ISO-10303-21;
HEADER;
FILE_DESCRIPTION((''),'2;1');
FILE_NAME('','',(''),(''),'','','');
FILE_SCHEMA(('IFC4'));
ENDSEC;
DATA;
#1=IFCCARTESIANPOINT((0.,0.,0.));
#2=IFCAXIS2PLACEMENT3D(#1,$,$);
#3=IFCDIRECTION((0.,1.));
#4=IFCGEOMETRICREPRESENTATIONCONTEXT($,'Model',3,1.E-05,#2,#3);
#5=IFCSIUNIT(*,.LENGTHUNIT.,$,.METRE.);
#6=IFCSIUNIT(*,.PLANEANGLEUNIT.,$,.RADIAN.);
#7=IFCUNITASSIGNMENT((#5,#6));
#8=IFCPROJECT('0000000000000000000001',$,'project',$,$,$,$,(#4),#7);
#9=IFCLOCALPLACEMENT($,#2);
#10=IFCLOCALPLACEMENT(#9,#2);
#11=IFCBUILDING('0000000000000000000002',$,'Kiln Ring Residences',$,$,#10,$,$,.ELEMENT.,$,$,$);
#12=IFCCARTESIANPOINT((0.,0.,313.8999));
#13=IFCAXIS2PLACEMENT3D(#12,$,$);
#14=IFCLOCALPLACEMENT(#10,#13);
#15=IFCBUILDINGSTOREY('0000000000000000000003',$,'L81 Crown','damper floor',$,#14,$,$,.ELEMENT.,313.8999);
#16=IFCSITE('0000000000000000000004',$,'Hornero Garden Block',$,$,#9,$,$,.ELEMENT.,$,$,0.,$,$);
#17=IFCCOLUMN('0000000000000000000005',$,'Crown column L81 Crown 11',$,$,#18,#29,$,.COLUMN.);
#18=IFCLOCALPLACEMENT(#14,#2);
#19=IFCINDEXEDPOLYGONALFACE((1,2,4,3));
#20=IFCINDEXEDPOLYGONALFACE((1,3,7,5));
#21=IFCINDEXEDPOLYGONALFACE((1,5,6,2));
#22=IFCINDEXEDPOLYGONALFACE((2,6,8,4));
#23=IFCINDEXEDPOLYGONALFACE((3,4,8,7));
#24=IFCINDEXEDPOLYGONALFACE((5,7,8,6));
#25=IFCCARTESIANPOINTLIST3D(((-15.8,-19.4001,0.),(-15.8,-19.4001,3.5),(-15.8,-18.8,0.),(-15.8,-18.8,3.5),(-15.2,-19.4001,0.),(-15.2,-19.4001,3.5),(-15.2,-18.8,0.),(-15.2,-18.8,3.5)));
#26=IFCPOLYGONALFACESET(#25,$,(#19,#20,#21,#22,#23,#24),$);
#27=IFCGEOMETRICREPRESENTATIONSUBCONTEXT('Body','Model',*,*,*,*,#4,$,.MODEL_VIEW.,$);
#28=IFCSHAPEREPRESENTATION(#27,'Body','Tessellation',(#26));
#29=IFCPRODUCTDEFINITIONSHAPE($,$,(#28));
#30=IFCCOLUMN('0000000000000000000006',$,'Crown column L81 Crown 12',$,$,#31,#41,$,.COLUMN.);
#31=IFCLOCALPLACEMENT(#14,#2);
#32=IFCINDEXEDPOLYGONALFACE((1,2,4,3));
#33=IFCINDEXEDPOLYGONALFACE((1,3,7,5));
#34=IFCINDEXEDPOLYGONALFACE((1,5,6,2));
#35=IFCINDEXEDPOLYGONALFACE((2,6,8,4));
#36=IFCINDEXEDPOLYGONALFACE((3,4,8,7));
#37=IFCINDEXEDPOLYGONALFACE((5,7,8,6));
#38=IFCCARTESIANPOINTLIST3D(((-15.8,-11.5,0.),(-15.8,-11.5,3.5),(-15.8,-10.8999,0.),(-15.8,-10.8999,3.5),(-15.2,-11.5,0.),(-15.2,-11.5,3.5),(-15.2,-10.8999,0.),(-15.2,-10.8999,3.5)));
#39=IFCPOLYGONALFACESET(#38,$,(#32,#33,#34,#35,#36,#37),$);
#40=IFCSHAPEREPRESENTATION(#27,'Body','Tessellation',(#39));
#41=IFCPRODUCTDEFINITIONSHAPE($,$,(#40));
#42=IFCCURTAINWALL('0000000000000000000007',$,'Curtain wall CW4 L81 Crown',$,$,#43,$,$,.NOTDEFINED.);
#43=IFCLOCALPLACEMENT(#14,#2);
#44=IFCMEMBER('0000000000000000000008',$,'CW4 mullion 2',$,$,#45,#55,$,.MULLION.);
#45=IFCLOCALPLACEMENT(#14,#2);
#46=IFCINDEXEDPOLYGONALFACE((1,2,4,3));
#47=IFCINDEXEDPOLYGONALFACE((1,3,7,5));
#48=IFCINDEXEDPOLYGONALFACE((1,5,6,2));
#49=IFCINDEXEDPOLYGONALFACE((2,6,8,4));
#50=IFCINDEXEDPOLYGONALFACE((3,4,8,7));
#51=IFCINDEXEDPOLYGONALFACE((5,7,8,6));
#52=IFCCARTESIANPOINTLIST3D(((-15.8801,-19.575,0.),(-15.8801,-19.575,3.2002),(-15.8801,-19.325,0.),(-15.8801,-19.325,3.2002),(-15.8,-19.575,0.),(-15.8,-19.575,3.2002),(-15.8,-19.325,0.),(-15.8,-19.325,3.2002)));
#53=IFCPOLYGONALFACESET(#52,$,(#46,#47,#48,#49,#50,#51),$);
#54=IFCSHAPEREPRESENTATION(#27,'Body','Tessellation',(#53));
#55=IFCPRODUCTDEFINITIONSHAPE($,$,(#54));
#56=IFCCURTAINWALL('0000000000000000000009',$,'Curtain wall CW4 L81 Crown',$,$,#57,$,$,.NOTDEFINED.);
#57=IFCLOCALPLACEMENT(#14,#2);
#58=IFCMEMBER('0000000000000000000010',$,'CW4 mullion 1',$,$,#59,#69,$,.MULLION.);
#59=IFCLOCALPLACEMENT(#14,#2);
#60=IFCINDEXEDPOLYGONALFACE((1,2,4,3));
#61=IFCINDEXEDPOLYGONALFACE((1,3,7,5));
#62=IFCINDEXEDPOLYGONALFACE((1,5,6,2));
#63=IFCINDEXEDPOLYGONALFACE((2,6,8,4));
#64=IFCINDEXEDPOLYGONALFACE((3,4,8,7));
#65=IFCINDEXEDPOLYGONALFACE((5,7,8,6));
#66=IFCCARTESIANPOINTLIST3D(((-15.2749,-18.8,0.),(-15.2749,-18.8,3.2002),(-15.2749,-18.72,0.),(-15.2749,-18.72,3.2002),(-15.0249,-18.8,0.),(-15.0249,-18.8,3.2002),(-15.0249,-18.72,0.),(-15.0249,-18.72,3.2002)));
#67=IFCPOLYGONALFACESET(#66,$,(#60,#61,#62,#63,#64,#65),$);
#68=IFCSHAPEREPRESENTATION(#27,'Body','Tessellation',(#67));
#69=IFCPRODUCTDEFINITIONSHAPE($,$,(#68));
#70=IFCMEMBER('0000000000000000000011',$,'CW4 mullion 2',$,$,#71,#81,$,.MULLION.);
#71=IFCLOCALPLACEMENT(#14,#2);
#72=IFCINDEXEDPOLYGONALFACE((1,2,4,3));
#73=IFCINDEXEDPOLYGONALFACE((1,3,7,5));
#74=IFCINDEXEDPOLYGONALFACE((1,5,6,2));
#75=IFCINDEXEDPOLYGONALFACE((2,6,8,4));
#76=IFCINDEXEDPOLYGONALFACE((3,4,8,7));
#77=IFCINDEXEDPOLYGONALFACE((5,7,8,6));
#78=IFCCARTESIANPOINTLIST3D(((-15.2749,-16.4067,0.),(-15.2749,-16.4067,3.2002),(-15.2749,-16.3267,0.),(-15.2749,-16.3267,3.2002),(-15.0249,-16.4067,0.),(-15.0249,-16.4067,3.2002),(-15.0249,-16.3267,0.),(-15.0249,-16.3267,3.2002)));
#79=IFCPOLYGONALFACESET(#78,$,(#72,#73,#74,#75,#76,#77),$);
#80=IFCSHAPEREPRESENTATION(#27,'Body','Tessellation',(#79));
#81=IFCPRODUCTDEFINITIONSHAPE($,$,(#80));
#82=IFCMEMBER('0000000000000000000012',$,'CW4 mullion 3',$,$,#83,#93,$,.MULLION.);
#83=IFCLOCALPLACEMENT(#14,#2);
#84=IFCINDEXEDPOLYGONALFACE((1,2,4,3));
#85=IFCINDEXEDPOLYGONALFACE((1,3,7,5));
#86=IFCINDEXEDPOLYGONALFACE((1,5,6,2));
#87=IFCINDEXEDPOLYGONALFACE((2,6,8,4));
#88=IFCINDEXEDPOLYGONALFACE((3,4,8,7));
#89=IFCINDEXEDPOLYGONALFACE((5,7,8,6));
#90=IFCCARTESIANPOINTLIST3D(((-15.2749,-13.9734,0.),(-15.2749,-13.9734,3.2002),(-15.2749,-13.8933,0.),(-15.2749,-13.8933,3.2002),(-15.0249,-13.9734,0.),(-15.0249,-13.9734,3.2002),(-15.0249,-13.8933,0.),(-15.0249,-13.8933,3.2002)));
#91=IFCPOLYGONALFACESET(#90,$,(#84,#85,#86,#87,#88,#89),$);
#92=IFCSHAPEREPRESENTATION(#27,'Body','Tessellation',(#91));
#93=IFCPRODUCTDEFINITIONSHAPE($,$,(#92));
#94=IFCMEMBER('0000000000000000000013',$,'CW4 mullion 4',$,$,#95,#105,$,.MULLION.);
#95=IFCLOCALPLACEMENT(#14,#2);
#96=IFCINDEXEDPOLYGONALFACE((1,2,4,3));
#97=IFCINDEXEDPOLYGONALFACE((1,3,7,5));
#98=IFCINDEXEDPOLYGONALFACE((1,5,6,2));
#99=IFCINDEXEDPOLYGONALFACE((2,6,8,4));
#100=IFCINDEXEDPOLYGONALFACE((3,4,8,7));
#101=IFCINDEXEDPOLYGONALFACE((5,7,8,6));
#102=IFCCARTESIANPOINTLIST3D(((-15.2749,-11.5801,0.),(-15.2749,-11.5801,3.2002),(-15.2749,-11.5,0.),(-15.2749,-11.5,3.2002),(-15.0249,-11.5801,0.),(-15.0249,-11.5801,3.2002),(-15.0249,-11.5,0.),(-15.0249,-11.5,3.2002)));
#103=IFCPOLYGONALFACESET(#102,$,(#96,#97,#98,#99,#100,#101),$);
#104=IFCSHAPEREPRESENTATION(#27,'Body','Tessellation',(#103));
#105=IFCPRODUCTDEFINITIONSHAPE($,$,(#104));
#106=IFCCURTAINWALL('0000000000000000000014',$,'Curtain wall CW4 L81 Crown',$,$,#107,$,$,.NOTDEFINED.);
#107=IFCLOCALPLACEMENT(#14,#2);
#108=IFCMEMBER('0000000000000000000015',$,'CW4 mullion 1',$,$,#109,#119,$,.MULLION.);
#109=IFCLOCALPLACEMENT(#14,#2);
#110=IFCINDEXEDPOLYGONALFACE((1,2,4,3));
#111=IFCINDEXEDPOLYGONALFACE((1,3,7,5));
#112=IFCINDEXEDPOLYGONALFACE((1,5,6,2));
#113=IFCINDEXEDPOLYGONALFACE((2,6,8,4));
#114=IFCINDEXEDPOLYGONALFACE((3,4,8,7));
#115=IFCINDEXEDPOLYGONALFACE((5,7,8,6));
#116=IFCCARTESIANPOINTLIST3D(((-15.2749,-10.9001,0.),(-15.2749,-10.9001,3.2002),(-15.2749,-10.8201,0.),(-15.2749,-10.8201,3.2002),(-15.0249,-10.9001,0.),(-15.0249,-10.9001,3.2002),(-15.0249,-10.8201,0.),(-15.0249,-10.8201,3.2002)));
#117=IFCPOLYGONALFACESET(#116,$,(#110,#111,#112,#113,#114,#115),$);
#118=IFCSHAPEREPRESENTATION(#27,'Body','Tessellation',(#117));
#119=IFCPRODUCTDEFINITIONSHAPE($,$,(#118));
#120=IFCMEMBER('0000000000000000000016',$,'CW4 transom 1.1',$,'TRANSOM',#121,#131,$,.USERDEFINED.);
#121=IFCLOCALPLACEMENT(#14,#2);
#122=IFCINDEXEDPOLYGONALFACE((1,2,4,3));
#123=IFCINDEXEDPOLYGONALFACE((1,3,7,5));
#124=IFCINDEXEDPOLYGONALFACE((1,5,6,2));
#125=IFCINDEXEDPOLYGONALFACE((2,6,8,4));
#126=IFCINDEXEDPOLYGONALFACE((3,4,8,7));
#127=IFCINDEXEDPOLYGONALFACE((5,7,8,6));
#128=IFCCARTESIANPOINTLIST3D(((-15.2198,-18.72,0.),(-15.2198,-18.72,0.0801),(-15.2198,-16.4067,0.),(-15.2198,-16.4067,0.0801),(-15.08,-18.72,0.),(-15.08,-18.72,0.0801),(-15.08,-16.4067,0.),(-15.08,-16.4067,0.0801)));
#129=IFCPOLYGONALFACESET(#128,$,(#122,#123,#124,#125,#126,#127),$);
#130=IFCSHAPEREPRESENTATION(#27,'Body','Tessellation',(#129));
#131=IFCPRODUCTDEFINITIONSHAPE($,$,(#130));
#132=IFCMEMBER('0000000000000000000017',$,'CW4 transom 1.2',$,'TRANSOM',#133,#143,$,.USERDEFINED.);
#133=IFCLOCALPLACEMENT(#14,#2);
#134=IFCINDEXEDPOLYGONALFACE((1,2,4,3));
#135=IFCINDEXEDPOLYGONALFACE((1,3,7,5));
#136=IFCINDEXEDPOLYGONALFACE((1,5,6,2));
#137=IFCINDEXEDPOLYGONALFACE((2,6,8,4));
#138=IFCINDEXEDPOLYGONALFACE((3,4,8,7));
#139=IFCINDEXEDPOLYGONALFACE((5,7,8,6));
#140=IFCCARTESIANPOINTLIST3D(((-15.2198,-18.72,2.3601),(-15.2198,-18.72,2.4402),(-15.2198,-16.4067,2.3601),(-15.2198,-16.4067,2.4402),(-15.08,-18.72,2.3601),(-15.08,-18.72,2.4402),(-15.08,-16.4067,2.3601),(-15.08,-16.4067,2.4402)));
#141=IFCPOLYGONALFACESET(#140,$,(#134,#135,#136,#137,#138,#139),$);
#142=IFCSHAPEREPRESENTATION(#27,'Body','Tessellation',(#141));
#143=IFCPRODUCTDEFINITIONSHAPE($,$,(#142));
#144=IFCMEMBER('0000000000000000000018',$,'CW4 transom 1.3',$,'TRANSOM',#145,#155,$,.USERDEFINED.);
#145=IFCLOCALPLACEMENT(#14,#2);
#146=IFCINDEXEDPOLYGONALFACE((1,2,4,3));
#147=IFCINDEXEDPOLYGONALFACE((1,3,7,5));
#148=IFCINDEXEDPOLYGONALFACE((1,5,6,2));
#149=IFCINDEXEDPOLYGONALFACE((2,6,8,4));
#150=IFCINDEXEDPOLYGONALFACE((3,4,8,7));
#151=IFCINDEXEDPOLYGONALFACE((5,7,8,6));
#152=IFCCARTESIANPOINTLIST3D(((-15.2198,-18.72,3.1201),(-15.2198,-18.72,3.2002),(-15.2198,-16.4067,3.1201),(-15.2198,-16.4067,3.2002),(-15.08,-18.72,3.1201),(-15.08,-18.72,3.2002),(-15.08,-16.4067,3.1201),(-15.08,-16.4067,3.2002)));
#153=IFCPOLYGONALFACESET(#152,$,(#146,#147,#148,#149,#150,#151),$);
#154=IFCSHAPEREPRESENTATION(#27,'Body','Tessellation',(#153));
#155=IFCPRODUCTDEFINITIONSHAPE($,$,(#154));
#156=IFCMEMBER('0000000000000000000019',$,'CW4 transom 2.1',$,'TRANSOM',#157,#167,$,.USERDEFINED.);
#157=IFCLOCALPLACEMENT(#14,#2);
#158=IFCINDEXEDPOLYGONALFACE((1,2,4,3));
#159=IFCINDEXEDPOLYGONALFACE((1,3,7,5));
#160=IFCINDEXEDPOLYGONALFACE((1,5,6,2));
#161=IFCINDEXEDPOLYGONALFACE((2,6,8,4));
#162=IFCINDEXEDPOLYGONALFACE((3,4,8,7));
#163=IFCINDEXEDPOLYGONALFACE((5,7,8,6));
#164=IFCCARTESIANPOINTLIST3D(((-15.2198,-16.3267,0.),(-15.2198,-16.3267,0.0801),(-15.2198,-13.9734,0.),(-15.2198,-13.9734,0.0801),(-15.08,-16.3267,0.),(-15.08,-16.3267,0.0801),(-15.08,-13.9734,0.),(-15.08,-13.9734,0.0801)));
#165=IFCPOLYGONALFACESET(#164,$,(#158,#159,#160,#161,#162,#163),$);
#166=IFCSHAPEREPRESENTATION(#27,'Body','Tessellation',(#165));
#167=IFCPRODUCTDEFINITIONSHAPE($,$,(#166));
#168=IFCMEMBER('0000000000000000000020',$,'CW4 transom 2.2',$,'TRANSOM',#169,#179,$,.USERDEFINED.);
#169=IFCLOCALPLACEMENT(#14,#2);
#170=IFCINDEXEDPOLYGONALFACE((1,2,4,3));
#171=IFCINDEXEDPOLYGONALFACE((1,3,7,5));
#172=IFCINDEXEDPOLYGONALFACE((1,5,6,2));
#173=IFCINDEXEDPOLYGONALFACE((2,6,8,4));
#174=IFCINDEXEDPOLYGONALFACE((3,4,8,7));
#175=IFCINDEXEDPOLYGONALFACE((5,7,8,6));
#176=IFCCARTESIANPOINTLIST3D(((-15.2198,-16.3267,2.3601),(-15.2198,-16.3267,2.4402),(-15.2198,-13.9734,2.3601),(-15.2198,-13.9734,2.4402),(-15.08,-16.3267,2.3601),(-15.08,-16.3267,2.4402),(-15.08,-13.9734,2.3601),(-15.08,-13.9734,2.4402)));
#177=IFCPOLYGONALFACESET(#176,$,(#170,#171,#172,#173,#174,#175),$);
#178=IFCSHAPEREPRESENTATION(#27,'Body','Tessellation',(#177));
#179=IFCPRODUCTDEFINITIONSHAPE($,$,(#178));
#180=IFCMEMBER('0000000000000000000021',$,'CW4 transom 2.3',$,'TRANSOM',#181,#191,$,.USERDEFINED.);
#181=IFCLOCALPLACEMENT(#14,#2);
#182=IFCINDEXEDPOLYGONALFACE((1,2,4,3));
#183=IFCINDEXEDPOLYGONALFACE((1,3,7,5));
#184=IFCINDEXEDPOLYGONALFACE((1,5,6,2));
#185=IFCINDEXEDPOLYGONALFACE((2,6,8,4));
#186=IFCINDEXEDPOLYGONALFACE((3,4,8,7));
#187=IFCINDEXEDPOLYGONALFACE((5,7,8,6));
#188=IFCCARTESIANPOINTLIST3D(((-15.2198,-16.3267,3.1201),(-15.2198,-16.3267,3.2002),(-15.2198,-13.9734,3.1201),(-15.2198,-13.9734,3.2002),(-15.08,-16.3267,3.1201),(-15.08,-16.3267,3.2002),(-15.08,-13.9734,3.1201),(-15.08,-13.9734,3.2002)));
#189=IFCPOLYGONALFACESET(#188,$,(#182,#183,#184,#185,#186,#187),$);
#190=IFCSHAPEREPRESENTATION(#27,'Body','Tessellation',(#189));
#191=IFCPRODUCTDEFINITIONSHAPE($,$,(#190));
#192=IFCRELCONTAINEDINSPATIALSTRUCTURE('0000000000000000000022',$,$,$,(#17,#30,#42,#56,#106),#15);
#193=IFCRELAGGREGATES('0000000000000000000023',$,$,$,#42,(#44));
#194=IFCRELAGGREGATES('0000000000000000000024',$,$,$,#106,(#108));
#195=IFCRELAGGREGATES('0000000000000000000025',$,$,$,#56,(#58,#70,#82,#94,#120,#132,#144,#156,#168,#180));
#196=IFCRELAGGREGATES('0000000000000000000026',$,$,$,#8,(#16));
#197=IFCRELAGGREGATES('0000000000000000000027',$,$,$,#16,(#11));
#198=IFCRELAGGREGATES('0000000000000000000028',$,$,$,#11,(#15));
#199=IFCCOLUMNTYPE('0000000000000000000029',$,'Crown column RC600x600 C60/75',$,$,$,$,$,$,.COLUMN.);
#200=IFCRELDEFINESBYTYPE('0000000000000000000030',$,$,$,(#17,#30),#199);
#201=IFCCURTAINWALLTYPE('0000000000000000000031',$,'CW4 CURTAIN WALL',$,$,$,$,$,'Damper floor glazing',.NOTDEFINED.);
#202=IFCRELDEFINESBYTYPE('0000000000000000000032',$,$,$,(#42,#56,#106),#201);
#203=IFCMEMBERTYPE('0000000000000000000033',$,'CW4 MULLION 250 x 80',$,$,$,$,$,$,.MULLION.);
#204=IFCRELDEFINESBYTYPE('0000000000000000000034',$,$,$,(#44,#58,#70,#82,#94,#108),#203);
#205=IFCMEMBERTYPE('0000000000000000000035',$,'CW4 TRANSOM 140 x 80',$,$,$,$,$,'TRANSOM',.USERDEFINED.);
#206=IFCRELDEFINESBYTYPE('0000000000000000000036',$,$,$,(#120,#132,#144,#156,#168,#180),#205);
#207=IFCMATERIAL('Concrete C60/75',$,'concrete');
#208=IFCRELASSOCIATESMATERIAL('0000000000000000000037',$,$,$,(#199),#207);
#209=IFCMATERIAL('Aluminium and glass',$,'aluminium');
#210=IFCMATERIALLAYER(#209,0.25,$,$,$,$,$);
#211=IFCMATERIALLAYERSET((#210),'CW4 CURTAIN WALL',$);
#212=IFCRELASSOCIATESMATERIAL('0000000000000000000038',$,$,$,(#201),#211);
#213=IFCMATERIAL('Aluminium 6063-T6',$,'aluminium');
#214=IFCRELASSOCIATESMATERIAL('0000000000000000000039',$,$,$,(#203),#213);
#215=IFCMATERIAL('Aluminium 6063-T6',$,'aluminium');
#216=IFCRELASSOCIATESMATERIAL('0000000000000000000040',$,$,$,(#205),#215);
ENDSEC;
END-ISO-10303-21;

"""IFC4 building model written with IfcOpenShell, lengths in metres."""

from ifc_helpers import new_model, si_unit, direction, frame, origin, origin_2d, place, context, subcontext, project, spatial, rectangle, extrude, material, layer, layer_set, material_profile, profile_set, type_object, element, aggregate, save


model = new_model("IFC4")

# Units and contexts
model_context = context("Model", 3, precision=1e-05, world=origin(), true_north=direction((0.0, 1.0)))
body_context = subcontext(model_context, "Body", "Model", "MODEL_VIEW")
ifc_project = project(units=[si_unit("LENGTHUNIT", "METRE"), si_unit("PLANEANGLEUNIT", "RADIAN")], contexts=[model_context])

# Site, building, storey
site_placement = place(None, origin())
site = spatial("IfcSite", under=ifc_project, at=site_placement, Name="Hornero Garden Block", CompositionType="ELEMENT", RefElevation=0.0)
building_placement = place(site_placement, origin())
building = spatial("IfcBuilding", under=site, at=building_placement, Name="Kiln Ring Residences", CompositionType="ELEMENT")
storey_placement = place(building_placement, frame((0.0, 0.0, 313.8999)))
storey = spatial("IfcBuildingStorey", under=building, at=storey_placement, Name="L81 Crown", Description="damper floor", CompositionType="ELEMENT", Elevation=313.8999)

# Columns
ifc_material_1 = material(Name="Concrete C60/75", Category="concrete")
ifc_material_profile_1 = material_profile(ifc_material_1, rectangle(XDim=0.6001, YDim=0.6001, at=origin_2d()), Name="RC600x600")
ifc_profile_set_1 = profile_set([ifc_material_profile_1], Name="Concrete C60/75")
column_type = type_object("IfcColumnType", Name="Crown column RC600x600 C60/75", PredefinedType="COLUMN", material=ifc_profile_set_1)
for number, where, z_axis, x_axis, name in (
    (1, (-15.5, -19.1001, 0.0), (0.0, 0.0, 1.0), (1.0, 0.0, 0.0), "Crown column L81 Crown 11"),
    (2, (-15.5, -11.2, 0.0), (0.0, 0.0, 1.0), (1.0, 0.0, 0.0), "Crown column L81 Crown 12"),
):
    element("IfcColumn", number, at=place(storey_placement, frame(where, z_axis=z_axis, x_axis=x_axis)), inside=storey, type_object=column_type, Name=name, PredefinedType="COLUMN", context=body_context, shape_type="SweptSolid", body=[
        extrude(rectangle(XDim=0.6001, YDim=0.6001, at=origin_2d()), origin(), (0.0, 0.0, 1.0), 3.5),
    ])

# Curtain wall, member
ifc_material_2 = material(Name="Aluminium and glass", Category="aluminium")
ifc_layer_1 = layer(ifc_material_2, 0.25)
ifc_layer_set_1 = layer_set([ifc_layer_1], Name="CW4 CURTAIN WALL")
curtain_wall_type = type_object("IfcCurtainWallType", Name="CW4 CURTAIN WALL", ElementType="Damper floor glazing", PredefinedType="NOTDEFINED", material=ifc_layer_set_1)
placement = place(storey_placement, origin())
curtain_wall_1 = element("IfcCurtainWall", 3, at=placement, inside=storey, type_object=curtain_wall_type, Name="Curtain wall CW4 L81 Crown", PredefinedType="NOTDEFINED")
ifc_material_3 = material(Name="Aluminium 6063-T6", Category="aluminium")
ifc_material_profile_2 = material_profile(ifc_material_3, rectangle(XDim=0.25, YDim=0.0801, at=origin_2d()), Name="AL 250x80")
ifc_profile_set_2 = profile_set([ifc_material_profile_2], Name="Aluminium 6063-T6")
member_type_1 = type_object("IfcMemberType", Name="CW4 MULLION 250 x 80", PredefinedType="MULLION", material=ifc_profile_set_2)
member_1_placement = place(storey_placement, frame((-15.8401, -19.45, 0.0), z_axis=(0.0, 0.0, 1.0), x_axis=(0.0, 1.0, 0.0)))
member_1 = element("IfcMember", 4, at=member_1_placement, type_object=member_type_1, Name="CW4 mullion 2", PredefinedType="MULLION", context=body_context, shape_type="SweptSolid", body=[
    extrude(rectangle(XDim=0.25, YDim=0.0801, at=origin_2d()), origin(), (0.0, 0.0, 1.0), 3.2002),
])
aggregate(curtain_wall_1, [member_1])

# Curtain wall, members
curtain_wall_2 = element("IfcCurtainWall", 5, at=placement, inside=storey, type_object=curtain_wall_type, Name="Curtain wall CW4 L81 Crown", PredefinedType="NOTDEFINED")
member_2_placement = place(storey_placement, frame((-15.1499, -18.76, 0.0), z_axis=(0.0, 0.0, 1.0), x_axis=(-1.0, 0.0, 0.0)))
member_2 = element("IfcMember", 6, at=member_2_placement, type_object=member_type_1, Name="CW4 mullion 1", PredefinedType="MULLION", context=body_context, shape_type="SweptSolid", body=[
    extrude(rectangle(XDim=0.25, YDim=0.0801, at=origin_2d()), origin(), (0.0, 0.0, 1.0), 3.2002),
])
member_3_placement = place(storey_placement, frame((-15.1499, -16.3667, 0.0), z_axis=(0.0, 0.0, 1.0), x_axis=(-1.0, 0.0, 0.0)))
member_3 = element("IfcMember", 7, at=member_3_placement, type_object=member_type_1, Name="CW4 mullion 2", PredefinedType="MULLION", context=body_context, shape_type="SweptSolid", body=[
    extrude(rectangle(XDim=0.25, YDim=0.0801, at=origin_2d()), origin(), (0.0, 0.0, 1.0), 3.2002),
])
member_4_placement = place(storey_placement, frame((-15.1499, -13.9333, 0.0), z_axis=(0.0, 0.0, 1.0), x_axis=(-1.0, 0.0, 0.0)))
member_4 = element("IfcMember", 8, at=member_4_placement, type_object=member_type_1, Name="CW4 mullion 3", PredefinedType="MULLION", context=body_context, shape_type="SweptSolid", body=[
    extrude(rectangle(XDim=0.25, YDim=0.0801, at=origin_2d()), origin(), (0.0, 0.0, 1.0), 3.2002),
])
member_5_placement = place(storey_placement, frame((-15.1499, -11.54, 0.0), z_axis=(0.0, 0.0, 1.0), x_axis=(-1.0, 0.0, 0.0)))
member_5 = element("IfcMember", 9, at=member_5_placement, type_object=member_type_1, Name="CW4 mullion 4", PredefinedType="MULLION", context=body_context, shape_type="SweptSolid", body=[
    extrude(rectangle(XDim=0.25, YDim=0.0801, at=origin_2d()), origin(), (0.0, 0.0, 1.0), 3.2002),
])

# Curtain wall, member
curtain_wall_3 = element("IfcCurtainWall", 10, at=placement, inside=storey, type_object=curtain_wall_type, Name="Curtain wall CW4 L81 Crown", PredefinedType="NOTDEFINED")
member_6_placement = place(storey_placement, frame((-15.1499, -10.8601, 0.0), z_axis=(0.0, 0.0, 1.0), x_axis=(-1.0, 0.0, 0.0)))
member_6 = element("IfcMember", 11, at=member_6_placement, type_object=member_type_1, Name="CW4 mullion 1", PredefinedType="MULLION", context=body_context, shape_type="SweptSolid", body=[
    extrude(rectangle(XDim=0.25, YDim=0.0801, at=origin_2d()), origin(), (0.0, 0.0, 1.0), 3.2002),
])

# Members
ifc_material_4 = material(Name="Aluminium 6063-T6", Category="aluminium")
ifc_material_profile_3 = material_profile(ifc_material_4, rectangle(XDim=0.1399, YDim=0.0801, at=origin_2d()), Name="AL 140x80")
ifc_profile_set_3 = profile_set([ifc_material_profile_3], Name="Aluminium 6063-T6")
member_type_2 = type_object("IfcMemberType", Name="CW4 TRANSOM 140 x 80", ElementType="TRANSOM", PredefinedType="USERDEFINED", material=ifc_profile_set_3)
member_7_placement = place(storey_placement, frame((-15.1499, -18.72, 0.04), z_axis=(0.0, 1.0, 0.0), x_axis=(-1.0, 0.0, 0.0)))
member_7 = element("IfcMember", 12, at=member_7_placement, type_object=member_type_2, Name="CW4 transom 1.1", ObjectType="TRANSOM", PredefinedType="USERDEFINED", context=body_context, shape_type="SweptSolid", body=[
    extrude(rectangle(XDim=0.1399, YDim=0.0801, at=origin_2d()), origin(), (0.0, 0.0, 1.0), 2.3132),
])
member_8_placement = place(storey_placement, frame((-15.1499, -18.72, 2.4001), z_axis=(0.0, 1.0, 0.0), x_axis=(-1.0, 0.0, 0.0)))
member_8 = element("IfcMember", 13, at=member_8_placement, type_object=member_type_2, Name="CW4 transom 1.2", ObjectType="TRANSOM", PredefinedType="USERDEFINED", context=body_context, shape_type="SweptSolid", body=[
    extrude(rectangle(XDim=0.1399, YDim=0.0801, at=origin_2d()), origin(), (0.0, 0.0, 1.0), 2.3132),
])
member_9_placement = place(storey_placement, frame((-15.1499, -18.72, 3.1602), z_axis=(0.0, 1.0, 0.0), x_axis=(-1.0, 0.0, 0.0)))
member_9 = element("IfcMember", 14, at=member_9_placement, type_object=member_type_2, Name="CW4 transom 1.3", ObjectType="TRANSOM", PredefinedType="USERDEFINED", context=body_context, shape_type="SweptSolid", body=[
    extrude(rectangle(XDim=0.1399, YDim=0.0801, at=origin_2d()), origin(), (0.0, 0.0, 1.0), 2.3132),
])
member_10_placement = place(storey_placement, frame((-15.1499, -16.3267, 0.04), z_axis=(0.0, 1.0, 0.0), x_axis=(-1.0, 0.0, 0.0)))
member_10 = element("IfcMember", 15, at=member_10_placement, type_object=member_type_2, Name="CW4 transom 2.1", ObjectType="TRANSOM", PredefinedType="USERDEFINED", context=body_context, shape_type="SweptSolid", body=[
    extrude(rectangle(XDim=0.1399, YDim=0.0801, at=origin_2d()), origin(), (0.0, 0.0, 1.0), 2.3533),
])
member_11_placement = place(storey_placement, frame((-15.1499, -16.3267, 2.4001), z_axis=(0.0, 1.0, 0.0), x_axis=(-1.0, 0.0, 0.0)))
member_11 = element("IfcMember", 16, at=member_11_placement, type_object=member_type_2, Name="CW4 transom 2.2", ObjectType="TRANSOM", PredefinedType="USERDEFINED", context=body_context, shape_type="SweptSolid", body=[
    extrude(rectangle(XDim=0.1399, YDim=0.0801, at=origin_2d()), origin(), (0.0, 0.0, 1.0), 2.3533),
])
member_12_placement = place(storey_placement, frame((-15.1499, -16.3267, 3.1602), z_axis=(0.0, 1.0, 0.0), x_axis=(-1.0, 0.0, 0.0)))
member_12 = element("IfcMember", 17, at=member_12_placement, type_object=member_type_2, Name="CW4 transom 2.3", ObjectType="TRANSOM", PredefinedType="USERDEFINED", context=body_context, shape_type="SweptSolid", body=[
    extrude(rectangle(XDim=0.1399, YDim=0.0801, at=origin_2d()), origin(), (0.0, 0.0, 1.0), 2.3533),
])
aggregate(curtain_wall_3, [member_6])

aggregate(curtain_wall_2, [member_2, member_3, member_4, member_5, member_7, member_8, member_9, member_10, member_11, member_12])

save(model, "model.ifc")
